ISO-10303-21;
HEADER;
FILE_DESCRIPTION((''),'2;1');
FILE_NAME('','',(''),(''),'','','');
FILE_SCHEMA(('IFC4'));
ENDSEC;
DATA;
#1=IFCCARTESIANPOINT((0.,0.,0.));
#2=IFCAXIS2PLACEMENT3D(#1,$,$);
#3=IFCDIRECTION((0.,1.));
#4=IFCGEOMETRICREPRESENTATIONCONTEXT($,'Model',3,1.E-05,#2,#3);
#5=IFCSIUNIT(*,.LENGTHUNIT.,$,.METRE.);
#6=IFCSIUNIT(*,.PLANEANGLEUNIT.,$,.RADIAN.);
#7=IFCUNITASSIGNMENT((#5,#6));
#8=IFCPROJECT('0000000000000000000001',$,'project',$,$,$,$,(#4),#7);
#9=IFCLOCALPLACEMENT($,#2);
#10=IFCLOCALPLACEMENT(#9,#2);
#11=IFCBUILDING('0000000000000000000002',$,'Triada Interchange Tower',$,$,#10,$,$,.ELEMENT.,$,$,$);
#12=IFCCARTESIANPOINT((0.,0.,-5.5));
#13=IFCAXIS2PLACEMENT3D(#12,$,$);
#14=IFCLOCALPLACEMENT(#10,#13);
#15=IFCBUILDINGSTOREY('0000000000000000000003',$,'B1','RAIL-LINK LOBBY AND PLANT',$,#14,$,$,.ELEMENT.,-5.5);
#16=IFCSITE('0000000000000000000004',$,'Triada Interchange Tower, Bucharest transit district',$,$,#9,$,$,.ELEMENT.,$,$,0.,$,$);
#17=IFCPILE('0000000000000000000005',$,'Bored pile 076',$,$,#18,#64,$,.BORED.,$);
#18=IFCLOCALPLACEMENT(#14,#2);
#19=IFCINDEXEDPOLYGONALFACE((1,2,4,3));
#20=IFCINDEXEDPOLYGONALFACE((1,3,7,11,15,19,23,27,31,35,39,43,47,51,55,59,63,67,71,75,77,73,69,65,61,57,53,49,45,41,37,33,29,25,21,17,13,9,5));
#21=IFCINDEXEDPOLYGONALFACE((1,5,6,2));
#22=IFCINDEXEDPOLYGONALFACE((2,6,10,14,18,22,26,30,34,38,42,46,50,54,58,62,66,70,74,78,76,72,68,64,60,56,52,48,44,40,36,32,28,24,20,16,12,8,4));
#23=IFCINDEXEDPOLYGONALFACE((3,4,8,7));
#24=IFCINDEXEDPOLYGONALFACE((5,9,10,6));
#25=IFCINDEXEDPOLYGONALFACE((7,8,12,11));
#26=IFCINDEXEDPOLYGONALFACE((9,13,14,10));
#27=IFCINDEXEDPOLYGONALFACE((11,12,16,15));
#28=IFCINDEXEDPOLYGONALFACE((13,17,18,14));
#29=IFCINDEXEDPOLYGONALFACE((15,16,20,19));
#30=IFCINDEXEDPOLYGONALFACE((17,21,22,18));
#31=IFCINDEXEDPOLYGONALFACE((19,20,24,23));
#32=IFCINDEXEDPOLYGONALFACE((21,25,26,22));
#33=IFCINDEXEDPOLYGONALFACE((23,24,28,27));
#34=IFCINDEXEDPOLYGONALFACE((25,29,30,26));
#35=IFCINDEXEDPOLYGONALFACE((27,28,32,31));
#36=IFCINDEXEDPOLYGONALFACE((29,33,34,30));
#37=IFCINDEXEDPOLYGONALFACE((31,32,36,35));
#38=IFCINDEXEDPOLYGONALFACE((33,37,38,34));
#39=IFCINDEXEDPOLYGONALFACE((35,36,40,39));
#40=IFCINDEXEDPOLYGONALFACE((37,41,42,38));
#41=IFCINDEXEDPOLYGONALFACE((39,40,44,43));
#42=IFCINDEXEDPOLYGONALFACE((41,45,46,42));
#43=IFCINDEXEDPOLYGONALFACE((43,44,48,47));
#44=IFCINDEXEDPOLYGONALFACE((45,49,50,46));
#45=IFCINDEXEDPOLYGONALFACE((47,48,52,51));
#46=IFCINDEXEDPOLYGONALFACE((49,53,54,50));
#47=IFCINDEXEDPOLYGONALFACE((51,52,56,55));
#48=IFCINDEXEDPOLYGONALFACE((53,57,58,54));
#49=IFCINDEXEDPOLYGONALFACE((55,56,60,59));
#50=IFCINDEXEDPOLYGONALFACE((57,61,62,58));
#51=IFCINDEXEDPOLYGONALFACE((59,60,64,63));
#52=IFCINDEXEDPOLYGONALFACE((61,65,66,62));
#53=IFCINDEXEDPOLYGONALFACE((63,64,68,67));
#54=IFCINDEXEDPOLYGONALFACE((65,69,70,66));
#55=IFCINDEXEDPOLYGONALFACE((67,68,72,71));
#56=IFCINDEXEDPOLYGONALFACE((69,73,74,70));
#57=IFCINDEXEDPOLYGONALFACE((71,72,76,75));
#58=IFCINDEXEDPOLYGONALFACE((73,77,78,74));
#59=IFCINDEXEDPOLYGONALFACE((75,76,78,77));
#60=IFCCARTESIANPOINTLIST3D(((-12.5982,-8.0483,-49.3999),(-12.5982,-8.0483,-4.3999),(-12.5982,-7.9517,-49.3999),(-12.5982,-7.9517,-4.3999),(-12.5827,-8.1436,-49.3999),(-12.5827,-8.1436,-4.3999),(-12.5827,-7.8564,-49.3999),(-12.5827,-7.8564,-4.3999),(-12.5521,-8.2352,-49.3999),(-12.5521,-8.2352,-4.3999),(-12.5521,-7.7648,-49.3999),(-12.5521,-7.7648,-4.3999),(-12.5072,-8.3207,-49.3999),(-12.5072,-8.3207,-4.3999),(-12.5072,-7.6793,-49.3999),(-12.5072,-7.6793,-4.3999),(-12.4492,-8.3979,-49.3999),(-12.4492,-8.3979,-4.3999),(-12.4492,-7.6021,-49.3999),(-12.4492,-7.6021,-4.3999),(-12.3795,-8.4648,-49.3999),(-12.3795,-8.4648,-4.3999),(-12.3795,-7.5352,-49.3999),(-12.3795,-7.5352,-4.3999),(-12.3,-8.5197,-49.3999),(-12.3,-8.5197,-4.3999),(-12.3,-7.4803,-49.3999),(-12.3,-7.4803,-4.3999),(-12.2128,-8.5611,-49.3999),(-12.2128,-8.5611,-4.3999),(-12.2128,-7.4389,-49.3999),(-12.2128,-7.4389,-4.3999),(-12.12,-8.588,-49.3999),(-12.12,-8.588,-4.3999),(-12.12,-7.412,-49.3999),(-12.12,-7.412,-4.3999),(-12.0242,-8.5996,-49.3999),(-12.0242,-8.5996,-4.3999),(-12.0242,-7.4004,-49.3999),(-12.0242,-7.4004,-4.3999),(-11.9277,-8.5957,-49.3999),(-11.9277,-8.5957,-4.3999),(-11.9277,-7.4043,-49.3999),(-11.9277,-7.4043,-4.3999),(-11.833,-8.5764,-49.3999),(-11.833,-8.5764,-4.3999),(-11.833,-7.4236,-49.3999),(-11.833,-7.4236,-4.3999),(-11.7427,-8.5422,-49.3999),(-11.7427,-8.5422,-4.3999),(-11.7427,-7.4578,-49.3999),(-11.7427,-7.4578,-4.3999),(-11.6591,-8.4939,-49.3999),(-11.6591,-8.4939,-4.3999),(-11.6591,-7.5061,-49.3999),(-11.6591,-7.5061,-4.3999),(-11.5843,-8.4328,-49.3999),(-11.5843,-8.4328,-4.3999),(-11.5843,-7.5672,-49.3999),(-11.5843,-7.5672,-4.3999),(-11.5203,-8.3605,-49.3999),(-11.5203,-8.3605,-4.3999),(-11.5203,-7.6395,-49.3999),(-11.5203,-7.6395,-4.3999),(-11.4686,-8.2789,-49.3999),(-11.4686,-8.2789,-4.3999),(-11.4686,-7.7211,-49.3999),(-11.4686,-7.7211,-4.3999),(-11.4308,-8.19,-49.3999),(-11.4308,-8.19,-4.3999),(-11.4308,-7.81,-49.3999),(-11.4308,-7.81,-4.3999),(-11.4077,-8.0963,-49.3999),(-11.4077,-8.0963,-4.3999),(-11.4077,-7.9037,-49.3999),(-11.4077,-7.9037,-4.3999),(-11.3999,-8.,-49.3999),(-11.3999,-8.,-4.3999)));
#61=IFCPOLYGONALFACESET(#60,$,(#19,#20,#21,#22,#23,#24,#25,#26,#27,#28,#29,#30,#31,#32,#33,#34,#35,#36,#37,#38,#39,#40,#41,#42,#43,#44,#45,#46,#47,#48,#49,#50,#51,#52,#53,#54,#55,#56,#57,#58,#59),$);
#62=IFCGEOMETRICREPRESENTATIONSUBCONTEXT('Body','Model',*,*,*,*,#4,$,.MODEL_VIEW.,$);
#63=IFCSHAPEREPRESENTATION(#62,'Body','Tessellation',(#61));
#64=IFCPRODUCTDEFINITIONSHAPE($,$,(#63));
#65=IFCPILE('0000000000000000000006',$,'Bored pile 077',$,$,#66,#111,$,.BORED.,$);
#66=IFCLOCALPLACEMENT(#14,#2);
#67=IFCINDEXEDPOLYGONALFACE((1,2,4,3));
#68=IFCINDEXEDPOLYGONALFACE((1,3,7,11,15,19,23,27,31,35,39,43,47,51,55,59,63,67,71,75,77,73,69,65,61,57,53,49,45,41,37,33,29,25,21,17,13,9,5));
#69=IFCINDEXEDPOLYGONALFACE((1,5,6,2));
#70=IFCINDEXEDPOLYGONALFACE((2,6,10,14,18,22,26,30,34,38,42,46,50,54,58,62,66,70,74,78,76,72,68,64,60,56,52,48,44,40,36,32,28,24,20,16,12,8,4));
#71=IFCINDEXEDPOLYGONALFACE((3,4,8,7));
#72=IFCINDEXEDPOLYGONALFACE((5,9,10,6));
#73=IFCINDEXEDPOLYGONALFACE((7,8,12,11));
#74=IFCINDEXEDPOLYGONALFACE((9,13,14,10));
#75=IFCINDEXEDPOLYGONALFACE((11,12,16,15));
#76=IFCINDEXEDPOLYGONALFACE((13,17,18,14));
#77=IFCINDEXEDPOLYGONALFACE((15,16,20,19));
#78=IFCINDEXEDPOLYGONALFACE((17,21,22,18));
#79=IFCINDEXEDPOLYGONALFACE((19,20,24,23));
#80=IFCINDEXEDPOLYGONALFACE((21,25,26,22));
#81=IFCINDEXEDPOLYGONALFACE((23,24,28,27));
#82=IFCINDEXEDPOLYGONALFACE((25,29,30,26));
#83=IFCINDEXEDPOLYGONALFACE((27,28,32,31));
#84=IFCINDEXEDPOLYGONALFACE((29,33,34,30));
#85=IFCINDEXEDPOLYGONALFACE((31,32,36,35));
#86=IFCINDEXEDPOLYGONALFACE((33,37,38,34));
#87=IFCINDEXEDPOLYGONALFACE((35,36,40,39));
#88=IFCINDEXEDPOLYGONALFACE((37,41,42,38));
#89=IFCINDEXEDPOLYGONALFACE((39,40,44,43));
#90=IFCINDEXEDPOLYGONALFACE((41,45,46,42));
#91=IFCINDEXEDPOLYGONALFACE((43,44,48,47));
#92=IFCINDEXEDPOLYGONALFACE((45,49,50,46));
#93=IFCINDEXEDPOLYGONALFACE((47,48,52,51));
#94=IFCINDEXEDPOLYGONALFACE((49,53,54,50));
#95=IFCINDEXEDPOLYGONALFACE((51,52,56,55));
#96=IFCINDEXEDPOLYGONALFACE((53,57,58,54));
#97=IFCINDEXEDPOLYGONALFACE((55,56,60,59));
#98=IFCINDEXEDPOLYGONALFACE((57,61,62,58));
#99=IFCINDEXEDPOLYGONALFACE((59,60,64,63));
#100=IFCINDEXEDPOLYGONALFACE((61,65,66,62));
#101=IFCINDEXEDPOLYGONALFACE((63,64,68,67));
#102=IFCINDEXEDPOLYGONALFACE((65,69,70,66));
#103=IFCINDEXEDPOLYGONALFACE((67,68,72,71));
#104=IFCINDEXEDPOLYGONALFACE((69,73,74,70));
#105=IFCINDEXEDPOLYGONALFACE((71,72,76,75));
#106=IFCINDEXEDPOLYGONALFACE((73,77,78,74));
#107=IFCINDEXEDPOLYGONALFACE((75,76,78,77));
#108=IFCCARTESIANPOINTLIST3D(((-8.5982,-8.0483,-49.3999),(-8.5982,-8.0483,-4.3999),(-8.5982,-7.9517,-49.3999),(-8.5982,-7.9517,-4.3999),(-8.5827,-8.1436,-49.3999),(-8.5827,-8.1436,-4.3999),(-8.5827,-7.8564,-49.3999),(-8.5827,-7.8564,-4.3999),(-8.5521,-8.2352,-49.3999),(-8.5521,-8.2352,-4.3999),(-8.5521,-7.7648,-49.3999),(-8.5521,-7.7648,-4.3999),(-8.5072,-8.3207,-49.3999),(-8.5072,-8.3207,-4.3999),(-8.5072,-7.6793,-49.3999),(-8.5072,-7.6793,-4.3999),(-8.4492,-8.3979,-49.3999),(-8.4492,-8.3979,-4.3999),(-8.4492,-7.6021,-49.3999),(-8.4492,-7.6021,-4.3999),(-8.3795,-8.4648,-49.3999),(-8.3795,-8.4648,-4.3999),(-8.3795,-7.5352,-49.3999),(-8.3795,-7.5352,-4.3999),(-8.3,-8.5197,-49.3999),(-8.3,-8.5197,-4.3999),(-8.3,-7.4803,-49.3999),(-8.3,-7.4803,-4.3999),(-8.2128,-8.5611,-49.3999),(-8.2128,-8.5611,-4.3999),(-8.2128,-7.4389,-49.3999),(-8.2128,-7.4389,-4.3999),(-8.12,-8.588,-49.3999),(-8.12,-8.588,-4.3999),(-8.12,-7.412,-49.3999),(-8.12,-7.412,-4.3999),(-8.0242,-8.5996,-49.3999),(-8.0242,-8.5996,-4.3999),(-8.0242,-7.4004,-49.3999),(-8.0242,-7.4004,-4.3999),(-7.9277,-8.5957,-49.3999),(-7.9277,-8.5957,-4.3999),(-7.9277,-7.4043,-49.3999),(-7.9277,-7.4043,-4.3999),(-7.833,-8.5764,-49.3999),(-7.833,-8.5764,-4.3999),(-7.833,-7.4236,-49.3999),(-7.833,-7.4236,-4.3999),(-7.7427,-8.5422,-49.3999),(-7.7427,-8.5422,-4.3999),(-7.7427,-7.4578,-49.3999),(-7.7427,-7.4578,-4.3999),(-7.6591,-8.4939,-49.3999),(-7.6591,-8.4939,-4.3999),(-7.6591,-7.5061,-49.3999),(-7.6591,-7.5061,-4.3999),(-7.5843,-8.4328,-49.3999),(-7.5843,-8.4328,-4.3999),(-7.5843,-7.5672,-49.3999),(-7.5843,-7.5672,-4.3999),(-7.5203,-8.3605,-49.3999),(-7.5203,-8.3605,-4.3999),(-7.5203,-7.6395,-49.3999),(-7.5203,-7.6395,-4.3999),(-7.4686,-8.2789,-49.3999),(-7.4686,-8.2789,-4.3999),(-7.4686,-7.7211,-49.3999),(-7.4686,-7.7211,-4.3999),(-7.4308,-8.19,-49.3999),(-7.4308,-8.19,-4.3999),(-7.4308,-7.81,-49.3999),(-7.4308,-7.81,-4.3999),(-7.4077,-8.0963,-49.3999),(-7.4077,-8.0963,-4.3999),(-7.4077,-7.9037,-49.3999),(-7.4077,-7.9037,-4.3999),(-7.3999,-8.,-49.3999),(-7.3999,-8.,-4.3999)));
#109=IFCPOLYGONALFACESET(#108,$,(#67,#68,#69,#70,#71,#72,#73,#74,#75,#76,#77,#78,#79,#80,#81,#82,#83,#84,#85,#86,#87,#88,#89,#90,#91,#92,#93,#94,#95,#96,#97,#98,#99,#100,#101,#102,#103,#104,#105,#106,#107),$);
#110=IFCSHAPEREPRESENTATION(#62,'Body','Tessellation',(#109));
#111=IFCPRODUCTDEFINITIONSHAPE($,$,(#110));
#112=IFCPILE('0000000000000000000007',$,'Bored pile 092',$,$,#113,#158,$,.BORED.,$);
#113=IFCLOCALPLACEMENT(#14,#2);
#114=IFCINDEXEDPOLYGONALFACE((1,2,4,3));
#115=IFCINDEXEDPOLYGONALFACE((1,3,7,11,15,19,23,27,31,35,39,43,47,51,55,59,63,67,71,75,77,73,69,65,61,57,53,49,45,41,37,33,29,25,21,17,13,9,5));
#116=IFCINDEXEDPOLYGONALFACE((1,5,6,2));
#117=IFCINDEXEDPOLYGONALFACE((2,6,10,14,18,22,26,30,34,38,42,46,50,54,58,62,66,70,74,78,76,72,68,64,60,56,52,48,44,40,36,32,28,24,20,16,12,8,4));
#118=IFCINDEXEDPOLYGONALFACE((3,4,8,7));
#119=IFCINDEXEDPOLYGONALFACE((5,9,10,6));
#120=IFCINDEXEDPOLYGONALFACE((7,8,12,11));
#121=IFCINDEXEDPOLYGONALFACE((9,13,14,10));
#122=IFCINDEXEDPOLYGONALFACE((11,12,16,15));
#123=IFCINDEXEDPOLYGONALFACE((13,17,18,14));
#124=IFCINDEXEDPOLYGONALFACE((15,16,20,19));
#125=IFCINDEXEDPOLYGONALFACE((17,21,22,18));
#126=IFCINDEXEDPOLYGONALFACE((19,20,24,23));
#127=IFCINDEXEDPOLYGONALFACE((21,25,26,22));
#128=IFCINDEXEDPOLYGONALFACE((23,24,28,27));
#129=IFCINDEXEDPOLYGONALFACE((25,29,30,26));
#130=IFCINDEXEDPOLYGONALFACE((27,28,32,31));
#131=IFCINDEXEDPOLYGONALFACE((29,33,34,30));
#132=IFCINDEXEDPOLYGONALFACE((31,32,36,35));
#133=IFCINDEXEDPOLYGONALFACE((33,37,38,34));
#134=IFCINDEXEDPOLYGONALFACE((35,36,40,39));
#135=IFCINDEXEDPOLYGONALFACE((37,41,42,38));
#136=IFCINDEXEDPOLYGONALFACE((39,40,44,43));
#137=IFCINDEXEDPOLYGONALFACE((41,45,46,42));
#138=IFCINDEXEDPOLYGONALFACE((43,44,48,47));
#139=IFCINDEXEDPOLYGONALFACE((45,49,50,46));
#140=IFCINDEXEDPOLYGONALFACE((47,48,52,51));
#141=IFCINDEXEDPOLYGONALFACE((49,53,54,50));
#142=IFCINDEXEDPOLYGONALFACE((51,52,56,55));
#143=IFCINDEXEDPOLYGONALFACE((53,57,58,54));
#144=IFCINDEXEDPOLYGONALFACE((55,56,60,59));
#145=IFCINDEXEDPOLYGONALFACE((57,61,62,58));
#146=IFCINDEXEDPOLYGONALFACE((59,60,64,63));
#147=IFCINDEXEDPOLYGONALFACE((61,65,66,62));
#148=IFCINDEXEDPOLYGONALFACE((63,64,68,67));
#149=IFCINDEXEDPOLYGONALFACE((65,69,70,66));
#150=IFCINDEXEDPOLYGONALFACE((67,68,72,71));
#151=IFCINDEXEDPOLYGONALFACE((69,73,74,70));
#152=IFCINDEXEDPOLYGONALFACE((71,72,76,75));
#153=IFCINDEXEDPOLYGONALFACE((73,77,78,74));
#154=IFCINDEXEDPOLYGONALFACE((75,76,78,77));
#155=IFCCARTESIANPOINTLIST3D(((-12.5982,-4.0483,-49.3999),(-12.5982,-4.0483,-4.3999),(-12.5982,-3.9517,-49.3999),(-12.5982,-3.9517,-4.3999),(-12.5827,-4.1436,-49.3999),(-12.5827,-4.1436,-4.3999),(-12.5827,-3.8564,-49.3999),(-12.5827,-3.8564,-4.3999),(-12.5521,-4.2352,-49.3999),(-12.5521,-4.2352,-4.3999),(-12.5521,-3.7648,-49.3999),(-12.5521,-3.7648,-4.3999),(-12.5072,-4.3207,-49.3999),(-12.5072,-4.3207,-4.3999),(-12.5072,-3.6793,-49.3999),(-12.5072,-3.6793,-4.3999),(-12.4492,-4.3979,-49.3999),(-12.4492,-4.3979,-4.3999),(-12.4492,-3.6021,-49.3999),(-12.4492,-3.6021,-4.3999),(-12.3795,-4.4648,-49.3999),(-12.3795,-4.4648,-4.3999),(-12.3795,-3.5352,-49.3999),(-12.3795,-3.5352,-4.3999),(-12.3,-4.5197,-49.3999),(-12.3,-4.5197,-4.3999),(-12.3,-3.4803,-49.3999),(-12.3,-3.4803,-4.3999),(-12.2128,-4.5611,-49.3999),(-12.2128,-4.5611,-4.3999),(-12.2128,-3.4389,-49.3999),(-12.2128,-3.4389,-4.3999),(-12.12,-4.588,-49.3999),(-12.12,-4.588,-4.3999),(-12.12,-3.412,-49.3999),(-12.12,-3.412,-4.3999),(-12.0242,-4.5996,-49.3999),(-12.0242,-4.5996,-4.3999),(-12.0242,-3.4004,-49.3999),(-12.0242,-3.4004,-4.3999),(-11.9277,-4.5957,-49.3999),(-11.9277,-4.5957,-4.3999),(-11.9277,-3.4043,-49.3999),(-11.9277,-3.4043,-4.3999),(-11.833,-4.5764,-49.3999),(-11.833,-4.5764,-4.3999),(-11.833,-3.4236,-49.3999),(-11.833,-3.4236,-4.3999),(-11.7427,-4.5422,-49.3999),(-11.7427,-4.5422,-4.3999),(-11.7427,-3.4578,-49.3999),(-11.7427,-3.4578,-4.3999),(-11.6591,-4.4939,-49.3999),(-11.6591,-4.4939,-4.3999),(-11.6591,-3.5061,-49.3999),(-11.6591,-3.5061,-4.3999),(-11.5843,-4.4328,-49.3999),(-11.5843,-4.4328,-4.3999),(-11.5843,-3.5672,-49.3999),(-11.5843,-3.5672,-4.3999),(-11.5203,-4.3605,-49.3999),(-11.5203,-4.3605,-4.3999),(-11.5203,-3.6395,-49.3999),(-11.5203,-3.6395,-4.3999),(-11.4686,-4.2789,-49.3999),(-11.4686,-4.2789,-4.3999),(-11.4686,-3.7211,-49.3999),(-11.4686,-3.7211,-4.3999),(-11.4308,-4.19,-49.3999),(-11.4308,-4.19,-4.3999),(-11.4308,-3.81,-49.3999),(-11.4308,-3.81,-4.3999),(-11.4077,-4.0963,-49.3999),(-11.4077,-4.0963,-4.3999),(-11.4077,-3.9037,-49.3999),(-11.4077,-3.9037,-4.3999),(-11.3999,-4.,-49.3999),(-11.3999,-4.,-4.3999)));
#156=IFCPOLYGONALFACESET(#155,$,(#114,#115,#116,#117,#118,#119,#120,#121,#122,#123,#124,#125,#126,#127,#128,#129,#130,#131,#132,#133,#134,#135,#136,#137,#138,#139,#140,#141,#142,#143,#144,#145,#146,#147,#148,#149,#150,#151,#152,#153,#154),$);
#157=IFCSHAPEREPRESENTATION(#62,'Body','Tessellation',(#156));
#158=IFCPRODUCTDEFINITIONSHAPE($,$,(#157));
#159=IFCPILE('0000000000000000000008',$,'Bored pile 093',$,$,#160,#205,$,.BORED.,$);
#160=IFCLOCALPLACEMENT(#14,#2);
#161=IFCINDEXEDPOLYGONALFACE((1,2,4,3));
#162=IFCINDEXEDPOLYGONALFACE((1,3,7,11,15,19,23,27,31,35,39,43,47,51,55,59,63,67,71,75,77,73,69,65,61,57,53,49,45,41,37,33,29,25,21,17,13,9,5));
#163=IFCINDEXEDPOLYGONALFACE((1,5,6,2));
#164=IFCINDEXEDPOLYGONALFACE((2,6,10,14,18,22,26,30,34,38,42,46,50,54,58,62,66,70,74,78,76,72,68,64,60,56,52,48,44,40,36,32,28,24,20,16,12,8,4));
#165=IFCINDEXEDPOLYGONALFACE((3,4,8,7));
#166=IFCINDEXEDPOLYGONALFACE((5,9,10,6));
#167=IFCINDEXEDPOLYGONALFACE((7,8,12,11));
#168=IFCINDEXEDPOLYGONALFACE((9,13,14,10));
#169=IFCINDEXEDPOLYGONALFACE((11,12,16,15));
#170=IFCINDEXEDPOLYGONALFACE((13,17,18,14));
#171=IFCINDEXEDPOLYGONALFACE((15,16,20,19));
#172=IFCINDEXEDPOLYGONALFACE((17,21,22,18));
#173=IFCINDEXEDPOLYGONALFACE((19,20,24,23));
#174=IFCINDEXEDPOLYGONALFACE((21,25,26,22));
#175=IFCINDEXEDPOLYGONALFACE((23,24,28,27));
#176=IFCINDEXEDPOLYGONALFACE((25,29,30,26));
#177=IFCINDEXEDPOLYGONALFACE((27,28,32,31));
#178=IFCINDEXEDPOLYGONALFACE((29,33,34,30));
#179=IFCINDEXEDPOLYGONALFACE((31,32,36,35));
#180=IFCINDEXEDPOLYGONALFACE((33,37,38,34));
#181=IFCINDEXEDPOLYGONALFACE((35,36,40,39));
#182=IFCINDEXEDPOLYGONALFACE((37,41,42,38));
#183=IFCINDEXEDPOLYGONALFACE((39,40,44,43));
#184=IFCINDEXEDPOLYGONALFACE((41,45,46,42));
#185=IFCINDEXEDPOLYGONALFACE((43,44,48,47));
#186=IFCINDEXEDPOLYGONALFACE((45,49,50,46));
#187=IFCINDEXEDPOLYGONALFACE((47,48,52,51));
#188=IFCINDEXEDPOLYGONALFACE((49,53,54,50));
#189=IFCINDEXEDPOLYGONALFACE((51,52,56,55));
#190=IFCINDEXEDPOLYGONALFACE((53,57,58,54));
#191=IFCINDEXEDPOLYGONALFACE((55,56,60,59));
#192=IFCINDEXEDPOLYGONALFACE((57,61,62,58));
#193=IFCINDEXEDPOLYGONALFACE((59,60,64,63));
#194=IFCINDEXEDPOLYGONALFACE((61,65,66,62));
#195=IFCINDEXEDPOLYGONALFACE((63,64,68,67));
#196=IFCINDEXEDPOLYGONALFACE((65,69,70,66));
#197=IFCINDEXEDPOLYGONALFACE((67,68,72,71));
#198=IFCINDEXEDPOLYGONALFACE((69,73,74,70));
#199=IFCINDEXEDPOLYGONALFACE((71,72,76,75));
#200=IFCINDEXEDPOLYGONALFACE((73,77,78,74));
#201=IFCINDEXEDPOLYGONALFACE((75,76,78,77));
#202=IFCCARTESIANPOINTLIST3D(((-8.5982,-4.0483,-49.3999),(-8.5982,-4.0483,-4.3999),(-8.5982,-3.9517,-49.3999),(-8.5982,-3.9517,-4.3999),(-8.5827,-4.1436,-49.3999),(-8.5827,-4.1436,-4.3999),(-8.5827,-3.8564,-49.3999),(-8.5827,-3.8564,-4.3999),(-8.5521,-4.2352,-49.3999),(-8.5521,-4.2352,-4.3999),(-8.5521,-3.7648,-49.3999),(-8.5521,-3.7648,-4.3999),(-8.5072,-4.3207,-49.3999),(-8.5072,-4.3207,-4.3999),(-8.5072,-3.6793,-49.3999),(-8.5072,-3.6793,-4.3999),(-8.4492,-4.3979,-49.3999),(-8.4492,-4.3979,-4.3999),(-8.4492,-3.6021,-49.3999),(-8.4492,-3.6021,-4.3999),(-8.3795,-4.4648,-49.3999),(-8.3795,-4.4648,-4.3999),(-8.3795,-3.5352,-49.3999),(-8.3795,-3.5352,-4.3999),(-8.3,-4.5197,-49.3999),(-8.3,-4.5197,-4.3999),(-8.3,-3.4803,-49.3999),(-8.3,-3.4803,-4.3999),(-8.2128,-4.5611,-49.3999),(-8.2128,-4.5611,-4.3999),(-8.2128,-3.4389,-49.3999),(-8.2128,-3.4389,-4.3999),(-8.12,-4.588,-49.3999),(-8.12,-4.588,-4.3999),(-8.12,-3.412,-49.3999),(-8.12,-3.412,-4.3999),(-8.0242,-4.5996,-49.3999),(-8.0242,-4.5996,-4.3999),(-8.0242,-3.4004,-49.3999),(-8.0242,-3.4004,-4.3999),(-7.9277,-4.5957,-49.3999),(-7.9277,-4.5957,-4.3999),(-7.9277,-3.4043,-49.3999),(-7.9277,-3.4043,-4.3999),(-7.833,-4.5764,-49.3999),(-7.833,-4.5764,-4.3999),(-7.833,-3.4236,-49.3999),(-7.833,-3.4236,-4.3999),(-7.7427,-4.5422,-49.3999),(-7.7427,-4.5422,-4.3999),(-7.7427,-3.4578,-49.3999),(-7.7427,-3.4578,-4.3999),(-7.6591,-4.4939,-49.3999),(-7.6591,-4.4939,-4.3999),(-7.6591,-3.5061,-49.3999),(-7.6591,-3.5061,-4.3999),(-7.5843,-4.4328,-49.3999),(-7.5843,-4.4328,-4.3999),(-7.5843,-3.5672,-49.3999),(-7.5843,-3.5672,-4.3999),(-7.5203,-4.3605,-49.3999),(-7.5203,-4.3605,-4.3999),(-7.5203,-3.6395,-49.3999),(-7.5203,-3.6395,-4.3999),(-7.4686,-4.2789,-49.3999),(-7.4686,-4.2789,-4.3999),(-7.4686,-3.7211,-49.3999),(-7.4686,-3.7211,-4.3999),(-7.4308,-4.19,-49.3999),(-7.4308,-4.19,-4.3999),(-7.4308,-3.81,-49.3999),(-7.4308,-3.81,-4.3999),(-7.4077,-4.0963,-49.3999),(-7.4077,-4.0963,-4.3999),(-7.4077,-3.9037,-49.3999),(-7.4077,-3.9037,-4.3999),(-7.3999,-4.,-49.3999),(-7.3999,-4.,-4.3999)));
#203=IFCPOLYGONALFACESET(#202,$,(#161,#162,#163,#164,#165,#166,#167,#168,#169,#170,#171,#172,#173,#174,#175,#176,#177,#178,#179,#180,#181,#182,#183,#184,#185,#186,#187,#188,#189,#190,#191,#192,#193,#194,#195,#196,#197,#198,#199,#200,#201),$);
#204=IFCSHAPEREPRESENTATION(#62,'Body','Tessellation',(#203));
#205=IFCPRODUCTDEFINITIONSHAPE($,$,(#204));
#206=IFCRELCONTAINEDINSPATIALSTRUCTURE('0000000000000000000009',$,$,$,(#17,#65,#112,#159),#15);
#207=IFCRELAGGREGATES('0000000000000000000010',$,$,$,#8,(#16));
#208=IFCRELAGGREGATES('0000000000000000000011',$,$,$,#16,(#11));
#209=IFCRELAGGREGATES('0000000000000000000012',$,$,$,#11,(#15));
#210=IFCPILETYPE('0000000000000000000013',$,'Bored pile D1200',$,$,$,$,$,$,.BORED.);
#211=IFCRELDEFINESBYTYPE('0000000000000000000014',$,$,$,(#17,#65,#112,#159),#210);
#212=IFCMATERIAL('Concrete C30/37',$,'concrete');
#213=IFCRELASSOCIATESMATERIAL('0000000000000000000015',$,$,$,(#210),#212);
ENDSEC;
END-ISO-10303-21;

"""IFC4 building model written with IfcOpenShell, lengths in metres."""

from ifc_helpers import new_model, si_unit, direction, frame, origin, origin_2d, place, context, subcontext, project, spatial, circle, extrude, material, material_profile, profile_set, type_object, element, save


model = new_model("IFC4")

# Units and contexts
model_context = context("Model", 3, precision=1e-05, world=origin(), true_north=direction((0.0, 1.0)))
body_context = subcontext(model_context, "Body", "Model", "MODEL_VIEW")
ifc_project = project(units=[si_unit("LENGTHUNIT", "METRE"), si_unit("PLANEANGLEUNIT", "RADIAN")], contexts=[model_context])

# Site, building, storey
site_placement = place(None, origin())
site = spatial("IfcSite", under=ifc_project, at=site_placement, Name="Triada Interchange Tower, Bucharest transit district", CompositionType="ELEMENT", RefElevation=0.0)
building_placement = place(site_placement, origin())
building = spatial("IfcBuilding", under=site, at=building_placement, Name="Triada Interchange Tower", CompositionType="ELEMENT")
storey_placement = place(building_placement, frame((0.0, 0.0, -5.5)))
storey = spatial("IfcBuildingStorey", under=building, at=storey_placement, Name="B1", Description="RAIL-LINK LOBBY AND PLANT", CompositionType="ELEMENT", Elevation=-5.5)

# Piles
ifc_material_1 = material(Name="Concrete C30/37", Category="concrete")
ifc_material_profile_1 = material_profile(ifc_material_1, circle(Radius=0.6001, at=origin_2d()), Name="RC D1200")
ifc_profile_set_1 = profile_set([ifc_material_profile_1], Name="Concrete C30/37")
pile_type = type_object("IfcPileType", Name="Bored pile D1200", PredefinedType="BORED", material=ifc_profile_set_1)
for number, where, z_axis, x_axis, name in (
    (1, (-12.0, -8.0, -4.3999), (0.0, 0.0, -1.0), (1.0, 0.0, 0.0), "Bored pile 076"),
    (2, (-8.0, -8.0, -4.3999), (0.0, 0.0, -1.0), (1.0, 0.0, 0.0), "Bored pile 077"),
    (3, (-12.0, -4.0, -4.3999), (0.0, 0.0, -1.0), (1.0, 0.0, 0.0), "Bored pile 092"),
    (4, (-8.0, -4.0, -4.3999), (0.0, 0.0, -1.0), (1.0, 0.0, 0.0), "Bored pile 093"),
):
    element("IfcPile", number, at=place(storey_placement, frame(where, z_axis=z_axis, x_axis=x_axis)), inside=storey, type_object=pile_type, Name=name, PredefinedType="BORED", context=body_context, shape_type="SweptSolid", body=[
        extrude(circle(Radius=0.6001, at=origin_2d()), origin(), (0.0, 0.0, 1.0), 45.0),
    ])

save(model, "model.ifc")
